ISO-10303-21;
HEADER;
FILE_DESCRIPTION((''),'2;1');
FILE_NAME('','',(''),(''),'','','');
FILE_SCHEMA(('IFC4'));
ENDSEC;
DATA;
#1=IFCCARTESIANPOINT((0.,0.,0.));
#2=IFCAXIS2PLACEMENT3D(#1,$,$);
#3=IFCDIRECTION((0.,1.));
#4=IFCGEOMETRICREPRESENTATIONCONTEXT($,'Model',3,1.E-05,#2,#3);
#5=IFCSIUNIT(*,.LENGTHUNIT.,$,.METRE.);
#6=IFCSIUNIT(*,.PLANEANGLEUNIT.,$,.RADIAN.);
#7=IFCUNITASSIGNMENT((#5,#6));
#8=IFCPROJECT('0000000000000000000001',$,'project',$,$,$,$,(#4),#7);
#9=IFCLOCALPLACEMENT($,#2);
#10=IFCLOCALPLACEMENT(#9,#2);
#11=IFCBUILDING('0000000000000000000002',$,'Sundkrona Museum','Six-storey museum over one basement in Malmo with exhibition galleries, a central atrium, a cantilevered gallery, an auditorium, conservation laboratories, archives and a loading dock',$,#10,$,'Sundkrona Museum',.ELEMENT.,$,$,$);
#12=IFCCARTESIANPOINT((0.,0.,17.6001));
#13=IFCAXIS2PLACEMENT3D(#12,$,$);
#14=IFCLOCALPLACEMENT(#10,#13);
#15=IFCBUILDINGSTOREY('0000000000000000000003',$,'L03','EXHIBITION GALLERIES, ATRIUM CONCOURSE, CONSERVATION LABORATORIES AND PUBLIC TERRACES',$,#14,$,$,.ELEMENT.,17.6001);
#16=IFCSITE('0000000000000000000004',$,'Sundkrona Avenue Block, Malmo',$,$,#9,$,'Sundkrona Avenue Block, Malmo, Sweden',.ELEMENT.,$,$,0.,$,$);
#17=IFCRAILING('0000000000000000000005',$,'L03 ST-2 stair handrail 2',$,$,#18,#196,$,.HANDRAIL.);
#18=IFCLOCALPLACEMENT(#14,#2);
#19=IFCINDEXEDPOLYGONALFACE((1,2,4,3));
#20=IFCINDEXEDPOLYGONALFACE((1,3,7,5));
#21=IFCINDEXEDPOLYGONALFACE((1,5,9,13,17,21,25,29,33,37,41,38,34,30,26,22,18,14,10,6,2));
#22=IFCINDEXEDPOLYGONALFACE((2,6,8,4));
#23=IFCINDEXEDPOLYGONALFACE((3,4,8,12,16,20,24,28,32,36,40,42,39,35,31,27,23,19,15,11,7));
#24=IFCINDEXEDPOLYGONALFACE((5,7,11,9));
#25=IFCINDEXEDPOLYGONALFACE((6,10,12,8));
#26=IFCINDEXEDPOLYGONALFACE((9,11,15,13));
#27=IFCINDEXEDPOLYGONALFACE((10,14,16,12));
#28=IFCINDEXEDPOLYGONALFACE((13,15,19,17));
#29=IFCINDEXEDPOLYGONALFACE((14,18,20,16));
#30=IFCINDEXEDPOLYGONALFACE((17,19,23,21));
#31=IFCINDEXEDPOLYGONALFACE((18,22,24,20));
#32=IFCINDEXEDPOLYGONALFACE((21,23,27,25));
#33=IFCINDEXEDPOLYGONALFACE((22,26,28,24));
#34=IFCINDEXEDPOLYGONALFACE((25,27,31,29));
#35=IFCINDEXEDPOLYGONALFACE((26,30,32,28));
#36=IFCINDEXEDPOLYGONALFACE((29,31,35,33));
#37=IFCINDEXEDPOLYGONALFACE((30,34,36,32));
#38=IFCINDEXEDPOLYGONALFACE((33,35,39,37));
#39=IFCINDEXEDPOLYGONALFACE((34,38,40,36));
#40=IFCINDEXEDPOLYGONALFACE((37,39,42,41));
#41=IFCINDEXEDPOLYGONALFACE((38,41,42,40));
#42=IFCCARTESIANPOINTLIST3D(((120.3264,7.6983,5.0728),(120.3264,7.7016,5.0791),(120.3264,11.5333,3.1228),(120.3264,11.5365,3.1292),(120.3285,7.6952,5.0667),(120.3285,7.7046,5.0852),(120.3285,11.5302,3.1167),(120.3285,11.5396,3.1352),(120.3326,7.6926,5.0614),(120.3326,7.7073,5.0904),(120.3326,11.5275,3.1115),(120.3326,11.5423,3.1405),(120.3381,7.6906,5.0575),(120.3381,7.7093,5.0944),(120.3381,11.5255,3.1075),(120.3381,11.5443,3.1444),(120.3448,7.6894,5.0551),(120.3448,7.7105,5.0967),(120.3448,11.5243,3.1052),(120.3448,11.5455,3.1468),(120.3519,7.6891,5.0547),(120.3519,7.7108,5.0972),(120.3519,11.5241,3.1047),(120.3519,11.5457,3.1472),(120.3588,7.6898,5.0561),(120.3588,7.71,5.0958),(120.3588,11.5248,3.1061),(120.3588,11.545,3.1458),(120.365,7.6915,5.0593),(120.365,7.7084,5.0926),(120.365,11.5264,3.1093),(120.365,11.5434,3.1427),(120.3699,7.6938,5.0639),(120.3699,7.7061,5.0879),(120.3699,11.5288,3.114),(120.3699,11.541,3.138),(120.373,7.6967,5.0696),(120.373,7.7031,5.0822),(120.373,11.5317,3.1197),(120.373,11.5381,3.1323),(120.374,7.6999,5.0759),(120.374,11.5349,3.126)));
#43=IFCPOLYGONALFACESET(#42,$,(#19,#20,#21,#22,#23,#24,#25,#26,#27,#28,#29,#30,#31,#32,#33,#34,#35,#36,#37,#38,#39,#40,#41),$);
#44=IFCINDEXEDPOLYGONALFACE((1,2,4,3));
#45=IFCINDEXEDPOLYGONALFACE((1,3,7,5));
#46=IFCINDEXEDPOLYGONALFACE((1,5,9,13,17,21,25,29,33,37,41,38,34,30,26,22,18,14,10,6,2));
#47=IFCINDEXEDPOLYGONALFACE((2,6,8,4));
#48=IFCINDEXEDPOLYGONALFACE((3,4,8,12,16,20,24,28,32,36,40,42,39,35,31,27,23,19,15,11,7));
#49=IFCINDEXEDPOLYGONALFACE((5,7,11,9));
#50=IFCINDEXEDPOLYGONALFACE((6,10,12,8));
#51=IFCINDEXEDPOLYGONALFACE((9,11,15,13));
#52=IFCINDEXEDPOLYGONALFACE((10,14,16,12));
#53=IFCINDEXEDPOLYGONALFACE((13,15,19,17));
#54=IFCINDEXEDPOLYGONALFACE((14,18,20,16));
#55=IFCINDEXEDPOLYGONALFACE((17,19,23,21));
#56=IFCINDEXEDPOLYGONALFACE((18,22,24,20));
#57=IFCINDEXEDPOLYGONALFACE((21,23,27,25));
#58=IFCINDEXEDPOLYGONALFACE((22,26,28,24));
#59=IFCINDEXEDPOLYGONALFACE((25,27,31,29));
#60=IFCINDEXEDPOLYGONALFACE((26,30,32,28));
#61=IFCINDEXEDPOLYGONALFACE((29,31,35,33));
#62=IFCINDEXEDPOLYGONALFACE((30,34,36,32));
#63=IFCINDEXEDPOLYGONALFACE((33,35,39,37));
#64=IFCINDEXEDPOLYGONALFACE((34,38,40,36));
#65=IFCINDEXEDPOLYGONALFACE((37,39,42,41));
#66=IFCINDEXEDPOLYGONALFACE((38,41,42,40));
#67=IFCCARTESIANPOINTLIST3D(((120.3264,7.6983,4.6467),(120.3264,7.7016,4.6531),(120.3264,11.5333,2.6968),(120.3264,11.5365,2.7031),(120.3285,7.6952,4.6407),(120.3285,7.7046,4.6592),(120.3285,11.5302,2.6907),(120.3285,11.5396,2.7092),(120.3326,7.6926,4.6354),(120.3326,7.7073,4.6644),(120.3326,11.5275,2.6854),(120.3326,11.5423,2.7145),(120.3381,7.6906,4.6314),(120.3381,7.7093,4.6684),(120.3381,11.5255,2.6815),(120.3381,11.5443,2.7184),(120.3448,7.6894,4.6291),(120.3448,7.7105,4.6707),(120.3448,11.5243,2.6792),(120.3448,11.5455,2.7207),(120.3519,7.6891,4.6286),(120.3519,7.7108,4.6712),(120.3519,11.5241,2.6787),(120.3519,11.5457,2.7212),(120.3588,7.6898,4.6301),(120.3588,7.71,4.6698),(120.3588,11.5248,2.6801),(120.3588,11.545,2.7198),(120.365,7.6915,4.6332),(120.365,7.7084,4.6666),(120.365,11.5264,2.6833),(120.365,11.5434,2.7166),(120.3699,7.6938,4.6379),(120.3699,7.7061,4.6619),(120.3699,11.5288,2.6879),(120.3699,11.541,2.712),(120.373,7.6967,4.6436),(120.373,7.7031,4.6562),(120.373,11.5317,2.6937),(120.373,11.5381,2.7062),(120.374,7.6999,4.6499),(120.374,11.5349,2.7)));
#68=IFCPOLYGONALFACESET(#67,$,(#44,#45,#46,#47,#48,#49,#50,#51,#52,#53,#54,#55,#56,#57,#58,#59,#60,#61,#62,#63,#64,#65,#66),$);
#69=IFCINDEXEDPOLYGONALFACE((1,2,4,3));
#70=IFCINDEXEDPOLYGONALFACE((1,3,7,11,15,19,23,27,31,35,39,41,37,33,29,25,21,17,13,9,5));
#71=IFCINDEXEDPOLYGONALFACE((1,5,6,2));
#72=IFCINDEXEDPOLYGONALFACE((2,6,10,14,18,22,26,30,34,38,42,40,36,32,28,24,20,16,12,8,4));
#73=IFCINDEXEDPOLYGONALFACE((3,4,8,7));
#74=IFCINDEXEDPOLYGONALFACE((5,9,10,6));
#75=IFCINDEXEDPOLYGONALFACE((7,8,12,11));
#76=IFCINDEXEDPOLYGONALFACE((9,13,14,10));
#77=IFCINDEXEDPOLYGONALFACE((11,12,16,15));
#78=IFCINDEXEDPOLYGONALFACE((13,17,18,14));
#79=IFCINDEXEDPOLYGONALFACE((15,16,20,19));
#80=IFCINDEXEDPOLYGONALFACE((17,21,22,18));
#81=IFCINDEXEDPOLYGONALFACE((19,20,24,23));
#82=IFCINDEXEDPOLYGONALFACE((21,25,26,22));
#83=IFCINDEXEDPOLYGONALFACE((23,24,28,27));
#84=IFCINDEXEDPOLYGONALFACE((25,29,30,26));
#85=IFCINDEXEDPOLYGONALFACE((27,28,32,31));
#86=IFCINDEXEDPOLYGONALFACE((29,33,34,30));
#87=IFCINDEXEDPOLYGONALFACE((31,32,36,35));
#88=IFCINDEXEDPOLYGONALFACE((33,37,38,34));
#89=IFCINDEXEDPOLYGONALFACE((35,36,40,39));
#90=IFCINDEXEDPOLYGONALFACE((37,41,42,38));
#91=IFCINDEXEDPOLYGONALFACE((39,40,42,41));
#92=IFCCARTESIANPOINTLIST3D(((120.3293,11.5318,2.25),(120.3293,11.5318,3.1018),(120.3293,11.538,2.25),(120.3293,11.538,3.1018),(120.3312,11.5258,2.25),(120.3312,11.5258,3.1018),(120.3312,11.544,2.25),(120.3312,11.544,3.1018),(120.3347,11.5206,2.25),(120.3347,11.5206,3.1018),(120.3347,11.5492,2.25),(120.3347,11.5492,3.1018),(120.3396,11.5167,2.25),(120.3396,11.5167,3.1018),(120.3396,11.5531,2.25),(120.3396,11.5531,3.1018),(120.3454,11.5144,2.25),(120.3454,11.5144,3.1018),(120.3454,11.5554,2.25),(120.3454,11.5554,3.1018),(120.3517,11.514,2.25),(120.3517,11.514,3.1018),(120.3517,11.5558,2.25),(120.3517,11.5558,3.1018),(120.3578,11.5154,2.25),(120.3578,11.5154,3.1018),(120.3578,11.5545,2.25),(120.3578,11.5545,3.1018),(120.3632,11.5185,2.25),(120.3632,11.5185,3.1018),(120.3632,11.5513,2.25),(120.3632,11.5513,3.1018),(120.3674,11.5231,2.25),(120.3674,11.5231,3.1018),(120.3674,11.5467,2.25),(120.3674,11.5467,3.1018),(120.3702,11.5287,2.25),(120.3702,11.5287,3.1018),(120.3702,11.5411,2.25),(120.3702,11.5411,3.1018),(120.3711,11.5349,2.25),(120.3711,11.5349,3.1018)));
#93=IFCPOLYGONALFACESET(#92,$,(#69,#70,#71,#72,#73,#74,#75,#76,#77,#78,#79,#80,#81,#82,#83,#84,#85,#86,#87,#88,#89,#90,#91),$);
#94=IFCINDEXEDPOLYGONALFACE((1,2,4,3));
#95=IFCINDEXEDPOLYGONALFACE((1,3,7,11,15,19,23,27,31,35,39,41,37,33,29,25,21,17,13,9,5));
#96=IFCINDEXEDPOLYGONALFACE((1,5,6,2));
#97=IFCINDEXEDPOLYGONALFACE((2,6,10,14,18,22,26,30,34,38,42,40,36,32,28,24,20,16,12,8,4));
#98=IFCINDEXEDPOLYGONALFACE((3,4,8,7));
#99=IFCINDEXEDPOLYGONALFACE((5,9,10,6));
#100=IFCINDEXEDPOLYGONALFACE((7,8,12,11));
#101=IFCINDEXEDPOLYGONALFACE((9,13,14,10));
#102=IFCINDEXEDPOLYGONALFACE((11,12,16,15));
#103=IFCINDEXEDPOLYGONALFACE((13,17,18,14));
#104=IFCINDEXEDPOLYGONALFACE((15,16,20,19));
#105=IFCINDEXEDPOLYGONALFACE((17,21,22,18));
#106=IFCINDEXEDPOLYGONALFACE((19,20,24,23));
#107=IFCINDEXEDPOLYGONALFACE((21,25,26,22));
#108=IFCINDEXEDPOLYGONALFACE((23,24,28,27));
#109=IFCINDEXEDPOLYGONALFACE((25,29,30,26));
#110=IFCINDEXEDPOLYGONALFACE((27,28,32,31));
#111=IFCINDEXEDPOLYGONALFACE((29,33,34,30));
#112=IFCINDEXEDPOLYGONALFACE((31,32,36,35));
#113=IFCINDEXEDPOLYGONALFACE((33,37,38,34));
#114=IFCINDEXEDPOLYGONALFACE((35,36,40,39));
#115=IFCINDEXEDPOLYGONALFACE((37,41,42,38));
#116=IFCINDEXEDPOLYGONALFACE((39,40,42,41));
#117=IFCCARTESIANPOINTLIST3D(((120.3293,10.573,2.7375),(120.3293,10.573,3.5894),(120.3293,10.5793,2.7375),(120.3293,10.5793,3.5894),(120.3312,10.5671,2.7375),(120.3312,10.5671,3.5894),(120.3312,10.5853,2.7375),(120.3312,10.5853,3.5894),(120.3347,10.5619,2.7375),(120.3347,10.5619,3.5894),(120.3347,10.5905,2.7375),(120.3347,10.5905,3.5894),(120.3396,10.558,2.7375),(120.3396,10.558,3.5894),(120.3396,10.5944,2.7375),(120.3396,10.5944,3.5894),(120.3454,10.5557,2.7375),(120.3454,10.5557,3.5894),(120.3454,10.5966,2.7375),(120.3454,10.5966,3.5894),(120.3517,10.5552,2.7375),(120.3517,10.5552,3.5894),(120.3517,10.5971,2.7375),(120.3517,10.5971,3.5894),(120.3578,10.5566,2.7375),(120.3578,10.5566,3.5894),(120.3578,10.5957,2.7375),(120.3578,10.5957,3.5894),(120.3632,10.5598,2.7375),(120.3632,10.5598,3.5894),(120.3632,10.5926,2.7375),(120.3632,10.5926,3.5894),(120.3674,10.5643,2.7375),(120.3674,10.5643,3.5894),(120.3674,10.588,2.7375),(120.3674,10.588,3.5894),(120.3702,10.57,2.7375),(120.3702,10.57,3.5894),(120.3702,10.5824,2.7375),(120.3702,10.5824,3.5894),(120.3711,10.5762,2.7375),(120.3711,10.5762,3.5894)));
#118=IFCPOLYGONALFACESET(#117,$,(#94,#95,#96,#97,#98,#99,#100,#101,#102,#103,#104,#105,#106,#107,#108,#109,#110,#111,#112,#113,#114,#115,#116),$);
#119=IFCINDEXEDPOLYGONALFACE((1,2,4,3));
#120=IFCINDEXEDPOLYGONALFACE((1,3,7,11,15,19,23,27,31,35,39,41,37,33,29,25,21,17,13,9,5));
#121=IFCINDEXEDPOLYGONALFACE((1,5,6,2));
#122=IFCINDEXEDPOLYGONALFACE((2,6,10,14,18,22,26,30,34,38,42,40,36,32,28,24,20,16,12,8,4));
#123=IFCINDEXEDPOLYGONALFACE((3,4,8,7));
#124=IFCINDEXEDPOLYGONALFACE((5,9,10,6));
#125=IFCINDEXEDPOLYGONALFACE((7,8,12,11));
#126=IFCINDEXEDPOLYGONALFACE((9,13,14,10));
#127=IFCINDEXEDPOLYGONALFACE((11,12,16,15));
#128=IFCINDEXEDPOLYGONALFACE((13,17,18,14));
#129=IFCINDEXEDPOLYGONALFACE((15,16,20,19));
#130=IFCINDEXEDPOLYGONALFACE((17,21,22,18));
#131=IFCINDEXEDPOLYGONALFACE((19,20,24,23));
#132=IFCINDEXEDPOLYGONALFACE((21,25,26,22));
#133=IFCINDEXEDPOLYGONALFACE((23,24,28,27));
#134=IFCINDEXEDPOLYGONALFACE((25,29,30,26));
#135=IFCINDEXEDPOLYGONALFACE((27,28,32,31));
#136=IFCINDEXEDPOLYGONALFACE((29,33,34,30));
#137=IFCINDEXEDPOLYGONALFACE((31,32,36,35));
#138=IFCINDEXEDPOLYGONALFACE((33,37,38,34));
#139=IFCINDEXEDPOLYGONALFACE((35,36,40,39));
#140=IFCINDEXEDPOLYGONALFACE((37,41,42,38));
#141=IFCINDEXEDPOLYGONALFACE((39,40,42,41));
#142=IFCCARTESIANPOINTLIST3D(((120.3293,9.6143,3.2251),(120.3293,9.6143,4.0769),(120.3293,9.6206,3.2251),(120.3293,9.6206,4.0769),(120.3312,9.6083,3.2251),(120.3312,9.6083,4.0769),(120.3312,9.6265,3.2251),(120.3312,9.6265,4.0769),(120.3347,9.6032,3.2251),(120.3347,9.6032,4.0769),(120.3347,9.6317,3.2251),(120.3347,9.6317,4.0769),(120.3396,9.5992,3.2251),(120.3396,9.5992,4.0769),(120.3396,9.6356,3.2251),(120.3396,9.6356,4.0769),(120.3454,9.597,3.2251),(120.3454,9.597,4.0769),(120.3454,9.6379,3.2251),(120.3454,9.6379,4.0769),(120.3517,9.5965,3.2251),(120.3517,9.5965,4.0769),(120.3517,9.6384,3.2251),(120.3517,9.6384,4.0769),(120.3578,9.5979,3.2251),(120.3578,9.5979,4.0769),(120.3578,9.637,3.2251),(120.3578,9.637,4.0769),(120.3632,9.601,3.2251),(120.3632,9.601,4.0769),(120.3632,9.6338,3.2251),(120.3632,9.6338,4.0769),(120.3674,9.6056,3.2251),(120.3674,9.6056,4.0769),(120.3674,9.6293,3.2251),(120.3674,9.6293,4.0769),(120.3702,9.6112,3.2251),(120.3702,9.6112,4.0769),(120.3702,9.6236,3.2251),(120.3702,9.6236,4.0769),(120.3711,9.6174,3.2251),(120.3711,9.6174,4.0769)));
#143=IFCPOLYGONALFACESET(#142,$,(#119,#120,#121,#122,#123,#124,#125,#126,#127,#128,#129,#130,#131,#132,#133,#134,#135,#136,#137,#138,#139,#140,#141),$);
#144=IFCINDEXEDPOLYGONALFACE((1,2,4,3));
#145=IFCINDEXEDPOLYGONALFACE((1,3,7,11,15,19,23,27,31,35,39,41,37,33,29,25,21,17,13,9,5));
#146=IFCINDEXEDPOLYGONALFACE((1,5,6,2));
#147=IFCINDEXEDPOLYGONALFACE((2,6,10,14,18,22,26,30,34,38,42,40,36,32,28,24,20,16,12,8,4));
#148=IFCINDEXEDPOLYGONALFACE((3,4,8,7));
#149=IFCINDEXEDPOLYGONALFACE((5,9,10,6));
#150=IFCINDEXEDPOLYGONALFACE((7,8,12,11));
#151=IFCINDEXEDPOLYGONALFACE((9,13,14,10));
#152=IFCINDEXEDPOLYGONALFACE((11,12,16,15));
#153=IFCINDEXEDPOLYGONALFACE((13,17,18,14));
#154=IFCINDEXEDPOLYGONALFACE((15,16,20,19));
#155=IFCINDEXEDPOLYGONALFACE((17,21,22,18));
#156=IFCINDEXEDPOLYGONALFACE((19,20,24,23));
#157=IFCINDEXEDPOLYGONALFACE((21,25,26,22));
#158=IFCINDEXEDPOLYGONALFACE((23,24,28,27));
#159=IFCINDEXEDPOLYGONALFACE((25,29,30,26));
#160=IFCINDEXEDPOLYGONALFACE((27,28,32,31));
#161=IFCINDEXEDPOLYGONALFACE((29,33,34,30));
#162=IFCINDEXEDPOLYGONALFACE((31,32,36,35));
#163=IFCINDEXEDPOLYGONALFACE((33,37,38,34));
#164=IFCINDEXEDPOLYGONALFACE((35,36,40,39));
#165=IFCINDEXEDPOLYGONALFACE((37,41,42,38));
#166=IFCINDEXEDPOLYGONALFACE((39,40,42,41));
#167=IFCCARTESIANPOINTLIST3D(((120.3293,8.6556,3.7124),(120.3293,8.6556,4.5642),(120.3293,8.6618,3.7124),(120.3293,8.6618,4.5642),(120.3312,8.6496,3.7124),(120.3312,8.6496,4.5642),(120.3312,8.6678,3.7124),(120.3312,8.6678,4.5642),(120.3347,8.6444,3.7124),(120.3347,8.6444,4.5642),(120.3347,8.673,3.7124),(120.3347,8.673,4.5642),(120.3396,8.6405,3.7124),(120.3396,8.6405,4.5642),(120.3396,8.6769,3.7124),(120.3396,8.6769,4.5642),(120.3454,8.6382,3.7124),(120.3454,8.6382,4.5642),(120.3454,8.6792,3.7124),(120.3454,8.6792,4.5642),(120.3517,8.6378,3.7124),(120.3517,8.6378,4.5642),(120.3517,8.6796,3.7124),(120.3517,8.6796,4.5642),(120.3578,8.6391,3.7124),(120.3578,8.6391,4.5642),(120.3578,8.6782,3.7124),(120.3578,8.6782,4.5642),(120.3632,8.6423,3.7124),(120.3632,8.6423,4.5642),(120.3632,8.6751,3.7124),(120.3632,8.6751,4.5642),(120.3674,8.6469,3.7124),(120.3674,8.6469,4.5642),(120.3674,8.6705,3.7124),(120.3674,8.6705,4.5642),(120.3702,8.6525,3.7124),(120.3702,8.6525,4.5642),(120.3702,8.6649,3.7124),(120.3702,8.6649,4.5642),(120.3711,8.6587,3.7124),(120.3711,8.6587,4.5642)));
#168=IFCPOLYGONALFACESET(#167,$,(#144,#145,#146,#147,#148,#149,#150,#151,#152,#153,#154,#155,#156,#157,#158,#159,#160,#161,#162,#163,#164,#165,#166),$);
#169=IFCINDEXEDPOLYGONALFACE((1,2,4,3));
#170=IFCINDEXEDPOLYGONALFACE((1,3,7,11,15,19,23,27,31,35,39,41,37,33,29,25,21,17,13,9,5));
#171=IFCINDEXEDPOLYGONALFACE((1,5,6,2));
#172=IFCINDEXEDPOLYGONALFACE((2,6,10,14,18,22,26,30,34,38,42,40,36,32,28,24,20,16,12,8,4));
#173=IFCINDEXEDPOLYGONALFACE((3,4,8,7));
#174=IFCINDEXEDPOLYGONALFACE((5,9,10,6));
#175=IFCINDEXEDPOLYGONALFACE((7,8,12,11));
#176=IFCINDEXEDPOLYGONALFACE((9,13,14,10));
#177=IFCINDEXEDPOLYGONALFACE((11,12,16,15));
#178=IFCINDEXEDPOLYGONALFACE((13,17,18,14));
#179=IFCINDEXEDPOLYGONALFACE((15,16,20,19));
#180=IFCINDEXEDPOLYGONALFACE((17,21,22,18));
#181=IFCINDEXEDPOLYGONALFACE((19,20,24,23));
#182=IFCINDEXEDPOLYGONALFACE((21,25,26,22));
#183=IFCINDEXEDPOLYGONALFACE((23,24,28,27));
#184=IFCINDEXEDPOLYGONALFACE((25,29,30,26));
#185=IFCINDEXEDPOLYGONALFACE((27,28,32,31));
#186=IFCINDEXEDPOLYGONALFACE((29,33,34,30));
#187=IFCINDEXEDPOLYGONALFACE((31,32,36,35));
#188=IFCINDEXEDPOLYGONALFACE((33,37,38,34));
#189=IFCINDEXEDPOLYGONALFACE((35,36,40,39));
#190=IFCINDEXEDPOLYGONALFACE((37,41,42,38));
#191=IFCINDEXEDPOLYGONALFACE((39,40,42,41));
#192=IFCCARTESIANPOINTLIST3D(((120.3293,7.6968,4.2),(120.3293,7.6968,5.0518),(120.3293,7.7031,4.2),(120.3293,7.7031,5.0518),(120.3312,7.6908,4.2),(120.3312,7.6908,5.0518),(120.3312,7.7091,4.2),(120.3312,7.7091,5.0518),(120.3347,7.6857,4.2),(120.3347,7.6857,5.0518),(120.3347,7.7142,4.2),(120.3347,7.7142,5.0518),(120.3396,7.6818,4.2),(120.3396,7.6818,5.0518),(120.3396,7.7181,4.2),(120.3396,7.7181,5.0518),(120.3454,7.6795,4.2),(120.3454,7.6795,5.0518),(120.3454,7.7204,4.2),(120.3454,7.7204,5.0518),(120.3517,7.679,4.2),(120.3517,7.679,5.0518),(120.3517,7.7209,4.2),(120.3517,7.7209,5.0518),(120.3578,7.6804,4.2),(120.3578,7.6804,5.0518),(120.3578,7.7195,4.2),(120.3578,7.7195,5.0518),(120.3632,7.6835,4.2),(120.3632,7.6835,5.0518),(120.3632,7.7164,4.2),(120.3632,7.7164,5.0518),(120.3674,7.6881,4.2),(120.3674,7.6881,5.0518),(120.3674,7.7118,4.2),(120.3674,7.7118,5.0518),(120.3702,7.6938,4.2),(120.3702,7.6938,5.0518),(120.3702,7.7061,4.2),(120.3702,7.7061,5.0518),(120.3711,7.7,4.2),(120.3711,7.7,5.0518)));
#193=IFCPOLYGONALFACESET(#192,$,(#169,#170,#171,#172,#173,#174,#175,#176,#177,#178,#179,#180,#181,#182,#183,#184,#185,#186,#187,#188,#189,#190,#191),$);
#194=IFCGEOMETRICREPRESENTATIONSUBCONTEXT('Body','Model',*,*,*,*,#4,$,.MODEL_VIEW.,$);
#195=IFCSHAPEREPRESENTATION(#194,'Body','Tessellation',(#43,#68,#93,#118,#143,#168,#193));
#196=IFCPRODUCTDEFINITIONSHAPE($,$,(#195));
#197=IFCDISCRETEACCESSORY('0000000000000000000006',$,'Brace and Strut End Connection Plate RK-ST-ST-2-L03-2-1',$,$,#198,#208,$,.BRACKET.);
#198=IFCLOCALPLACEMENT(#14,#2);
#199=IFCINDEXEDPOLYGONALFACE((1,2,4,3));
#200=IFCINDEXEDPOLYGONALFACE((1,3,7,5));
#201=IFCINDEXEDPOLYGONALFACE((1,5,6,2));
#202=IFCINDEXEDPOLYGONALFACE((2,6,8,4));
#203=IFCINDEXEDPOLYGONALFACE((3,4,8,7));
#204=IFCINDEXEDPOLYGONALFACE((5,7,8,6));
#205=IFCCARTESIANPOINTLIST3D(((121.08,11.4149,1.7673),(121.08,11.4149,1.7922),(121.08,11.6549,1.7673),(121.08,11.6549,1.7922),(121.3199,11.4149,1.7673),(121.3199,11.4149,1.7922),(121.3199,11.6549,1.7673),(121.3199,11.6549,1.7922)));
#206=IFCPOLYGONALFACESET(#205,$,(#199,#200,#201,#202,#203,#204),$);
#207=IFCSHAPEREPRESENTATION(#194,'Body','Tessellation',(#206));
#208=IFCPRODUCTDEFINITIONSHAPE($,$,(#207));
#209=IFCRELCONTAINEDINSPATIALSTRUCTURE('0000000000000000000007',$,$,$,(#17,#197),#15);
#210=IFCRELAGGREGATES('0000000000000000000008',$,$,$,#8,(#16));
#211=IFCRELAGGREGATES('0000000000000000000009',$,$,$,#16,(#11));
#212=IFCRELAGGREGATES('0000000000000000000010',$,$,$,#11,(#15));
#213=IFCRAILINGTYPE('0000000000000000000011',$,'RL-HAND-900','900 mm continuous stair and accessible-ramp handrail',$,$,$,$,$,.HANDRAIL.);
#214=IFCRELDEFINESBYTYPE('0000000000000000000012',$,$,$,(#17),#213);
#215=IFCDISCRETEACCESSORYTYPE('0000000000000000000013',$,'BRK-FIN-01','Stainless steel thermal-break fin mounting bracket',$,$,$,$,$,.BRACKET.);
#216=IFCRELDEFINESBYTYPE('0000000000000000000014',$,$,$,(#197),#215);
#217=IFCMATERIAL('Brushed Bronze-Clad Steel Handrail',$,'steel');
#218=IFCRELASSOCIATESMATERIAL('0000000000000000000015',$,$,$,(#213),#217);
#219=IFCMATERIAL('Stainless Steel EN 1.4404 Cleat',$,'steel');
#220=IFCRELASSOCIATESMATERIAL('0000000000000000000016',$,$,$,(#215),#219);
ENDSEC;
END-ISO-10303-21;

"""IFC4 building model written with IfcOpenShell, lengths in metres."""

from ifc_helpers import new_model, si_unit, direction, frame, origin, origin_2d, place, context, subcontext, project, spatial, rectangle, circle, extrude, material, type_object, element, save


model = new_model("IFC4")

# Units and contexts
model_context = context("Model", 3, precision=1e-05, world=origin(), true_north=direction((0.0, 1.0)))
body_context = subcontext(model_context, "Body", "Model", "MODEL_VIEW")
ifc_project = project(units=[si_unit("LENGTHUNIT", "METRE"), si_unit("PLANEANGLEUNIT", "RADIAN")], contexts=[model_context])

# Site, building, storey
site_placement = place(None, origin())
site = spatial("IfcSite", under=ifc_project, at=site_placement, Name="Sundkrona Avenue Block, Malmo", LongName="Sundkrona Avenue Block, Malmo, Sweden", CompositionType="ELEMENT", RefElevation=0.0)
building_placement = place(site_placement, origin())
building = spatial("IfcBuilding", under=site, at=building_placement, Name="Sundkrona Museum", Description="Six-storey museum over one basement in Malmo with exhibition galleries, a central atrium, a cantilevered gallery, an auditorium, conservation laboratories, archives and a loading dock", LongName="Sundkrona Museum", CompositionType="ELEMENT")
storey_placement = place(building_placement, frame((0.0, 0.0, 17.6001)))
storey = spatial("IfcBuildingStorey", under=building, at=storey_placement, Name="L03", Description="EXHIBITION GALLERIES, ATRIUM CONCOURSE, CONSERVATION LABORATORIES AND PUBLIC TERRACES", CompositionType="ELEMENT", Elevation=17.6001)

# Railing
ifc_material_1 = material(Name="Brushed Bronze-Clad Steel Handrail", Category="steel")
railing_type_1 = type_object("IfcRailingType", Name="RL-HAND-900", Description="900 mm continuous stair and accessible-ramp handrail", PredefinedType="HANDRAIL", material=ifc_material_1)
railing_1_placement = place(storey_placement, frame((120.3501, 11.5349, 2.25)))
element("IfcRailing", 1, at=railing_1_placement, inside=storey, type_object=railing_type_1, Name="L03 ST-2 stair handrail 2", PredefinedType="HANDRAIL", context=body_context, shape_type="SweptSolid", body=[
    extrude(circle(Radius=0.0239, at=origin_2d()), frame((0.0, 0.0, 0.876), z_axis=(0.0, -0.891388, 0.453241), x_axis=(1.0, 0.0, 0.0)), (0.0, 0.0, 1.0), 4.3022),
    extrude(circle(Radius=0.0239, at=origin_2d()), frame((0.0, 0.0, 0.45), z_axis=(0.0, -0.891388, 0.453241), x_axis=(1.0, 0.0, 0.0)), (0.0, 0.0, 1.0), 4.3022),
    extrude(circle(Radius=0.021, at=origin_2d()), origin(), (0.0, 0.0, 1.0), 0.8518),
    extrude(circle(Radius=0.021, at=origin_2d()), frame((0.0, -0.9587, 0.4875)), (0.0, 0.0, 1.0), 0.8518),
    extrude(circle(Radius=0.021, at=origin_2d()), frame((0.0, -1.9175, 0.9751)), (0.0, 0.0, 1.0), 0.8518),
    extrude(circle(Radius=0.021, at=origin_2d()), frame((0.0, -2.8762, 1.4624)), (0.0, 0.0, 1.0), 0.8518),
    extrude(circle(Radius=0.021, at=origin_2d()), frame((0.0, -3.835, 1.95)), (0.0, 0.0, 1.0), 0.8518),
])

# Discrete accessory
ifc_material_2 = material(Name="Stainless Steel EN 1.4404 Cleat", Category="steel")
discrete_accessory_type = type_object("IfcDiscreteAccessoryType", Name="BRK-FIN-01", Description="Stainless steel thermal-break fin mounting bracket", PredefinedType="BRACKET", material=ifc_material_2)
for number, where, z_axis, x_axis, name in (
    (2, (121.2, 11.5349, 1.7673), (0.0, 0.0, 1.0), (1.0, 0.0, 0.0), "Brace and Strut End Connection Plate RK-ST-ST-2-L03-2-1"),
):
    element("IfcDiscreteAccessory", number, at=place(storey_placement, frame(where, z_axis=z_axis, x_axis=x_axis)), inside=storey, type_object=discrete_accessory_type, Name=name, PredefinedType="BRACKET", context=body_context, shape_type="SweptSolid", body=[
        extrude(rectangle(XDim=0.24, YDim=0.24, at=origin_2d()), origin(), (0.0, 0.0, 1.0), 0.0249),
    ])

save(model, "model.ifc")
